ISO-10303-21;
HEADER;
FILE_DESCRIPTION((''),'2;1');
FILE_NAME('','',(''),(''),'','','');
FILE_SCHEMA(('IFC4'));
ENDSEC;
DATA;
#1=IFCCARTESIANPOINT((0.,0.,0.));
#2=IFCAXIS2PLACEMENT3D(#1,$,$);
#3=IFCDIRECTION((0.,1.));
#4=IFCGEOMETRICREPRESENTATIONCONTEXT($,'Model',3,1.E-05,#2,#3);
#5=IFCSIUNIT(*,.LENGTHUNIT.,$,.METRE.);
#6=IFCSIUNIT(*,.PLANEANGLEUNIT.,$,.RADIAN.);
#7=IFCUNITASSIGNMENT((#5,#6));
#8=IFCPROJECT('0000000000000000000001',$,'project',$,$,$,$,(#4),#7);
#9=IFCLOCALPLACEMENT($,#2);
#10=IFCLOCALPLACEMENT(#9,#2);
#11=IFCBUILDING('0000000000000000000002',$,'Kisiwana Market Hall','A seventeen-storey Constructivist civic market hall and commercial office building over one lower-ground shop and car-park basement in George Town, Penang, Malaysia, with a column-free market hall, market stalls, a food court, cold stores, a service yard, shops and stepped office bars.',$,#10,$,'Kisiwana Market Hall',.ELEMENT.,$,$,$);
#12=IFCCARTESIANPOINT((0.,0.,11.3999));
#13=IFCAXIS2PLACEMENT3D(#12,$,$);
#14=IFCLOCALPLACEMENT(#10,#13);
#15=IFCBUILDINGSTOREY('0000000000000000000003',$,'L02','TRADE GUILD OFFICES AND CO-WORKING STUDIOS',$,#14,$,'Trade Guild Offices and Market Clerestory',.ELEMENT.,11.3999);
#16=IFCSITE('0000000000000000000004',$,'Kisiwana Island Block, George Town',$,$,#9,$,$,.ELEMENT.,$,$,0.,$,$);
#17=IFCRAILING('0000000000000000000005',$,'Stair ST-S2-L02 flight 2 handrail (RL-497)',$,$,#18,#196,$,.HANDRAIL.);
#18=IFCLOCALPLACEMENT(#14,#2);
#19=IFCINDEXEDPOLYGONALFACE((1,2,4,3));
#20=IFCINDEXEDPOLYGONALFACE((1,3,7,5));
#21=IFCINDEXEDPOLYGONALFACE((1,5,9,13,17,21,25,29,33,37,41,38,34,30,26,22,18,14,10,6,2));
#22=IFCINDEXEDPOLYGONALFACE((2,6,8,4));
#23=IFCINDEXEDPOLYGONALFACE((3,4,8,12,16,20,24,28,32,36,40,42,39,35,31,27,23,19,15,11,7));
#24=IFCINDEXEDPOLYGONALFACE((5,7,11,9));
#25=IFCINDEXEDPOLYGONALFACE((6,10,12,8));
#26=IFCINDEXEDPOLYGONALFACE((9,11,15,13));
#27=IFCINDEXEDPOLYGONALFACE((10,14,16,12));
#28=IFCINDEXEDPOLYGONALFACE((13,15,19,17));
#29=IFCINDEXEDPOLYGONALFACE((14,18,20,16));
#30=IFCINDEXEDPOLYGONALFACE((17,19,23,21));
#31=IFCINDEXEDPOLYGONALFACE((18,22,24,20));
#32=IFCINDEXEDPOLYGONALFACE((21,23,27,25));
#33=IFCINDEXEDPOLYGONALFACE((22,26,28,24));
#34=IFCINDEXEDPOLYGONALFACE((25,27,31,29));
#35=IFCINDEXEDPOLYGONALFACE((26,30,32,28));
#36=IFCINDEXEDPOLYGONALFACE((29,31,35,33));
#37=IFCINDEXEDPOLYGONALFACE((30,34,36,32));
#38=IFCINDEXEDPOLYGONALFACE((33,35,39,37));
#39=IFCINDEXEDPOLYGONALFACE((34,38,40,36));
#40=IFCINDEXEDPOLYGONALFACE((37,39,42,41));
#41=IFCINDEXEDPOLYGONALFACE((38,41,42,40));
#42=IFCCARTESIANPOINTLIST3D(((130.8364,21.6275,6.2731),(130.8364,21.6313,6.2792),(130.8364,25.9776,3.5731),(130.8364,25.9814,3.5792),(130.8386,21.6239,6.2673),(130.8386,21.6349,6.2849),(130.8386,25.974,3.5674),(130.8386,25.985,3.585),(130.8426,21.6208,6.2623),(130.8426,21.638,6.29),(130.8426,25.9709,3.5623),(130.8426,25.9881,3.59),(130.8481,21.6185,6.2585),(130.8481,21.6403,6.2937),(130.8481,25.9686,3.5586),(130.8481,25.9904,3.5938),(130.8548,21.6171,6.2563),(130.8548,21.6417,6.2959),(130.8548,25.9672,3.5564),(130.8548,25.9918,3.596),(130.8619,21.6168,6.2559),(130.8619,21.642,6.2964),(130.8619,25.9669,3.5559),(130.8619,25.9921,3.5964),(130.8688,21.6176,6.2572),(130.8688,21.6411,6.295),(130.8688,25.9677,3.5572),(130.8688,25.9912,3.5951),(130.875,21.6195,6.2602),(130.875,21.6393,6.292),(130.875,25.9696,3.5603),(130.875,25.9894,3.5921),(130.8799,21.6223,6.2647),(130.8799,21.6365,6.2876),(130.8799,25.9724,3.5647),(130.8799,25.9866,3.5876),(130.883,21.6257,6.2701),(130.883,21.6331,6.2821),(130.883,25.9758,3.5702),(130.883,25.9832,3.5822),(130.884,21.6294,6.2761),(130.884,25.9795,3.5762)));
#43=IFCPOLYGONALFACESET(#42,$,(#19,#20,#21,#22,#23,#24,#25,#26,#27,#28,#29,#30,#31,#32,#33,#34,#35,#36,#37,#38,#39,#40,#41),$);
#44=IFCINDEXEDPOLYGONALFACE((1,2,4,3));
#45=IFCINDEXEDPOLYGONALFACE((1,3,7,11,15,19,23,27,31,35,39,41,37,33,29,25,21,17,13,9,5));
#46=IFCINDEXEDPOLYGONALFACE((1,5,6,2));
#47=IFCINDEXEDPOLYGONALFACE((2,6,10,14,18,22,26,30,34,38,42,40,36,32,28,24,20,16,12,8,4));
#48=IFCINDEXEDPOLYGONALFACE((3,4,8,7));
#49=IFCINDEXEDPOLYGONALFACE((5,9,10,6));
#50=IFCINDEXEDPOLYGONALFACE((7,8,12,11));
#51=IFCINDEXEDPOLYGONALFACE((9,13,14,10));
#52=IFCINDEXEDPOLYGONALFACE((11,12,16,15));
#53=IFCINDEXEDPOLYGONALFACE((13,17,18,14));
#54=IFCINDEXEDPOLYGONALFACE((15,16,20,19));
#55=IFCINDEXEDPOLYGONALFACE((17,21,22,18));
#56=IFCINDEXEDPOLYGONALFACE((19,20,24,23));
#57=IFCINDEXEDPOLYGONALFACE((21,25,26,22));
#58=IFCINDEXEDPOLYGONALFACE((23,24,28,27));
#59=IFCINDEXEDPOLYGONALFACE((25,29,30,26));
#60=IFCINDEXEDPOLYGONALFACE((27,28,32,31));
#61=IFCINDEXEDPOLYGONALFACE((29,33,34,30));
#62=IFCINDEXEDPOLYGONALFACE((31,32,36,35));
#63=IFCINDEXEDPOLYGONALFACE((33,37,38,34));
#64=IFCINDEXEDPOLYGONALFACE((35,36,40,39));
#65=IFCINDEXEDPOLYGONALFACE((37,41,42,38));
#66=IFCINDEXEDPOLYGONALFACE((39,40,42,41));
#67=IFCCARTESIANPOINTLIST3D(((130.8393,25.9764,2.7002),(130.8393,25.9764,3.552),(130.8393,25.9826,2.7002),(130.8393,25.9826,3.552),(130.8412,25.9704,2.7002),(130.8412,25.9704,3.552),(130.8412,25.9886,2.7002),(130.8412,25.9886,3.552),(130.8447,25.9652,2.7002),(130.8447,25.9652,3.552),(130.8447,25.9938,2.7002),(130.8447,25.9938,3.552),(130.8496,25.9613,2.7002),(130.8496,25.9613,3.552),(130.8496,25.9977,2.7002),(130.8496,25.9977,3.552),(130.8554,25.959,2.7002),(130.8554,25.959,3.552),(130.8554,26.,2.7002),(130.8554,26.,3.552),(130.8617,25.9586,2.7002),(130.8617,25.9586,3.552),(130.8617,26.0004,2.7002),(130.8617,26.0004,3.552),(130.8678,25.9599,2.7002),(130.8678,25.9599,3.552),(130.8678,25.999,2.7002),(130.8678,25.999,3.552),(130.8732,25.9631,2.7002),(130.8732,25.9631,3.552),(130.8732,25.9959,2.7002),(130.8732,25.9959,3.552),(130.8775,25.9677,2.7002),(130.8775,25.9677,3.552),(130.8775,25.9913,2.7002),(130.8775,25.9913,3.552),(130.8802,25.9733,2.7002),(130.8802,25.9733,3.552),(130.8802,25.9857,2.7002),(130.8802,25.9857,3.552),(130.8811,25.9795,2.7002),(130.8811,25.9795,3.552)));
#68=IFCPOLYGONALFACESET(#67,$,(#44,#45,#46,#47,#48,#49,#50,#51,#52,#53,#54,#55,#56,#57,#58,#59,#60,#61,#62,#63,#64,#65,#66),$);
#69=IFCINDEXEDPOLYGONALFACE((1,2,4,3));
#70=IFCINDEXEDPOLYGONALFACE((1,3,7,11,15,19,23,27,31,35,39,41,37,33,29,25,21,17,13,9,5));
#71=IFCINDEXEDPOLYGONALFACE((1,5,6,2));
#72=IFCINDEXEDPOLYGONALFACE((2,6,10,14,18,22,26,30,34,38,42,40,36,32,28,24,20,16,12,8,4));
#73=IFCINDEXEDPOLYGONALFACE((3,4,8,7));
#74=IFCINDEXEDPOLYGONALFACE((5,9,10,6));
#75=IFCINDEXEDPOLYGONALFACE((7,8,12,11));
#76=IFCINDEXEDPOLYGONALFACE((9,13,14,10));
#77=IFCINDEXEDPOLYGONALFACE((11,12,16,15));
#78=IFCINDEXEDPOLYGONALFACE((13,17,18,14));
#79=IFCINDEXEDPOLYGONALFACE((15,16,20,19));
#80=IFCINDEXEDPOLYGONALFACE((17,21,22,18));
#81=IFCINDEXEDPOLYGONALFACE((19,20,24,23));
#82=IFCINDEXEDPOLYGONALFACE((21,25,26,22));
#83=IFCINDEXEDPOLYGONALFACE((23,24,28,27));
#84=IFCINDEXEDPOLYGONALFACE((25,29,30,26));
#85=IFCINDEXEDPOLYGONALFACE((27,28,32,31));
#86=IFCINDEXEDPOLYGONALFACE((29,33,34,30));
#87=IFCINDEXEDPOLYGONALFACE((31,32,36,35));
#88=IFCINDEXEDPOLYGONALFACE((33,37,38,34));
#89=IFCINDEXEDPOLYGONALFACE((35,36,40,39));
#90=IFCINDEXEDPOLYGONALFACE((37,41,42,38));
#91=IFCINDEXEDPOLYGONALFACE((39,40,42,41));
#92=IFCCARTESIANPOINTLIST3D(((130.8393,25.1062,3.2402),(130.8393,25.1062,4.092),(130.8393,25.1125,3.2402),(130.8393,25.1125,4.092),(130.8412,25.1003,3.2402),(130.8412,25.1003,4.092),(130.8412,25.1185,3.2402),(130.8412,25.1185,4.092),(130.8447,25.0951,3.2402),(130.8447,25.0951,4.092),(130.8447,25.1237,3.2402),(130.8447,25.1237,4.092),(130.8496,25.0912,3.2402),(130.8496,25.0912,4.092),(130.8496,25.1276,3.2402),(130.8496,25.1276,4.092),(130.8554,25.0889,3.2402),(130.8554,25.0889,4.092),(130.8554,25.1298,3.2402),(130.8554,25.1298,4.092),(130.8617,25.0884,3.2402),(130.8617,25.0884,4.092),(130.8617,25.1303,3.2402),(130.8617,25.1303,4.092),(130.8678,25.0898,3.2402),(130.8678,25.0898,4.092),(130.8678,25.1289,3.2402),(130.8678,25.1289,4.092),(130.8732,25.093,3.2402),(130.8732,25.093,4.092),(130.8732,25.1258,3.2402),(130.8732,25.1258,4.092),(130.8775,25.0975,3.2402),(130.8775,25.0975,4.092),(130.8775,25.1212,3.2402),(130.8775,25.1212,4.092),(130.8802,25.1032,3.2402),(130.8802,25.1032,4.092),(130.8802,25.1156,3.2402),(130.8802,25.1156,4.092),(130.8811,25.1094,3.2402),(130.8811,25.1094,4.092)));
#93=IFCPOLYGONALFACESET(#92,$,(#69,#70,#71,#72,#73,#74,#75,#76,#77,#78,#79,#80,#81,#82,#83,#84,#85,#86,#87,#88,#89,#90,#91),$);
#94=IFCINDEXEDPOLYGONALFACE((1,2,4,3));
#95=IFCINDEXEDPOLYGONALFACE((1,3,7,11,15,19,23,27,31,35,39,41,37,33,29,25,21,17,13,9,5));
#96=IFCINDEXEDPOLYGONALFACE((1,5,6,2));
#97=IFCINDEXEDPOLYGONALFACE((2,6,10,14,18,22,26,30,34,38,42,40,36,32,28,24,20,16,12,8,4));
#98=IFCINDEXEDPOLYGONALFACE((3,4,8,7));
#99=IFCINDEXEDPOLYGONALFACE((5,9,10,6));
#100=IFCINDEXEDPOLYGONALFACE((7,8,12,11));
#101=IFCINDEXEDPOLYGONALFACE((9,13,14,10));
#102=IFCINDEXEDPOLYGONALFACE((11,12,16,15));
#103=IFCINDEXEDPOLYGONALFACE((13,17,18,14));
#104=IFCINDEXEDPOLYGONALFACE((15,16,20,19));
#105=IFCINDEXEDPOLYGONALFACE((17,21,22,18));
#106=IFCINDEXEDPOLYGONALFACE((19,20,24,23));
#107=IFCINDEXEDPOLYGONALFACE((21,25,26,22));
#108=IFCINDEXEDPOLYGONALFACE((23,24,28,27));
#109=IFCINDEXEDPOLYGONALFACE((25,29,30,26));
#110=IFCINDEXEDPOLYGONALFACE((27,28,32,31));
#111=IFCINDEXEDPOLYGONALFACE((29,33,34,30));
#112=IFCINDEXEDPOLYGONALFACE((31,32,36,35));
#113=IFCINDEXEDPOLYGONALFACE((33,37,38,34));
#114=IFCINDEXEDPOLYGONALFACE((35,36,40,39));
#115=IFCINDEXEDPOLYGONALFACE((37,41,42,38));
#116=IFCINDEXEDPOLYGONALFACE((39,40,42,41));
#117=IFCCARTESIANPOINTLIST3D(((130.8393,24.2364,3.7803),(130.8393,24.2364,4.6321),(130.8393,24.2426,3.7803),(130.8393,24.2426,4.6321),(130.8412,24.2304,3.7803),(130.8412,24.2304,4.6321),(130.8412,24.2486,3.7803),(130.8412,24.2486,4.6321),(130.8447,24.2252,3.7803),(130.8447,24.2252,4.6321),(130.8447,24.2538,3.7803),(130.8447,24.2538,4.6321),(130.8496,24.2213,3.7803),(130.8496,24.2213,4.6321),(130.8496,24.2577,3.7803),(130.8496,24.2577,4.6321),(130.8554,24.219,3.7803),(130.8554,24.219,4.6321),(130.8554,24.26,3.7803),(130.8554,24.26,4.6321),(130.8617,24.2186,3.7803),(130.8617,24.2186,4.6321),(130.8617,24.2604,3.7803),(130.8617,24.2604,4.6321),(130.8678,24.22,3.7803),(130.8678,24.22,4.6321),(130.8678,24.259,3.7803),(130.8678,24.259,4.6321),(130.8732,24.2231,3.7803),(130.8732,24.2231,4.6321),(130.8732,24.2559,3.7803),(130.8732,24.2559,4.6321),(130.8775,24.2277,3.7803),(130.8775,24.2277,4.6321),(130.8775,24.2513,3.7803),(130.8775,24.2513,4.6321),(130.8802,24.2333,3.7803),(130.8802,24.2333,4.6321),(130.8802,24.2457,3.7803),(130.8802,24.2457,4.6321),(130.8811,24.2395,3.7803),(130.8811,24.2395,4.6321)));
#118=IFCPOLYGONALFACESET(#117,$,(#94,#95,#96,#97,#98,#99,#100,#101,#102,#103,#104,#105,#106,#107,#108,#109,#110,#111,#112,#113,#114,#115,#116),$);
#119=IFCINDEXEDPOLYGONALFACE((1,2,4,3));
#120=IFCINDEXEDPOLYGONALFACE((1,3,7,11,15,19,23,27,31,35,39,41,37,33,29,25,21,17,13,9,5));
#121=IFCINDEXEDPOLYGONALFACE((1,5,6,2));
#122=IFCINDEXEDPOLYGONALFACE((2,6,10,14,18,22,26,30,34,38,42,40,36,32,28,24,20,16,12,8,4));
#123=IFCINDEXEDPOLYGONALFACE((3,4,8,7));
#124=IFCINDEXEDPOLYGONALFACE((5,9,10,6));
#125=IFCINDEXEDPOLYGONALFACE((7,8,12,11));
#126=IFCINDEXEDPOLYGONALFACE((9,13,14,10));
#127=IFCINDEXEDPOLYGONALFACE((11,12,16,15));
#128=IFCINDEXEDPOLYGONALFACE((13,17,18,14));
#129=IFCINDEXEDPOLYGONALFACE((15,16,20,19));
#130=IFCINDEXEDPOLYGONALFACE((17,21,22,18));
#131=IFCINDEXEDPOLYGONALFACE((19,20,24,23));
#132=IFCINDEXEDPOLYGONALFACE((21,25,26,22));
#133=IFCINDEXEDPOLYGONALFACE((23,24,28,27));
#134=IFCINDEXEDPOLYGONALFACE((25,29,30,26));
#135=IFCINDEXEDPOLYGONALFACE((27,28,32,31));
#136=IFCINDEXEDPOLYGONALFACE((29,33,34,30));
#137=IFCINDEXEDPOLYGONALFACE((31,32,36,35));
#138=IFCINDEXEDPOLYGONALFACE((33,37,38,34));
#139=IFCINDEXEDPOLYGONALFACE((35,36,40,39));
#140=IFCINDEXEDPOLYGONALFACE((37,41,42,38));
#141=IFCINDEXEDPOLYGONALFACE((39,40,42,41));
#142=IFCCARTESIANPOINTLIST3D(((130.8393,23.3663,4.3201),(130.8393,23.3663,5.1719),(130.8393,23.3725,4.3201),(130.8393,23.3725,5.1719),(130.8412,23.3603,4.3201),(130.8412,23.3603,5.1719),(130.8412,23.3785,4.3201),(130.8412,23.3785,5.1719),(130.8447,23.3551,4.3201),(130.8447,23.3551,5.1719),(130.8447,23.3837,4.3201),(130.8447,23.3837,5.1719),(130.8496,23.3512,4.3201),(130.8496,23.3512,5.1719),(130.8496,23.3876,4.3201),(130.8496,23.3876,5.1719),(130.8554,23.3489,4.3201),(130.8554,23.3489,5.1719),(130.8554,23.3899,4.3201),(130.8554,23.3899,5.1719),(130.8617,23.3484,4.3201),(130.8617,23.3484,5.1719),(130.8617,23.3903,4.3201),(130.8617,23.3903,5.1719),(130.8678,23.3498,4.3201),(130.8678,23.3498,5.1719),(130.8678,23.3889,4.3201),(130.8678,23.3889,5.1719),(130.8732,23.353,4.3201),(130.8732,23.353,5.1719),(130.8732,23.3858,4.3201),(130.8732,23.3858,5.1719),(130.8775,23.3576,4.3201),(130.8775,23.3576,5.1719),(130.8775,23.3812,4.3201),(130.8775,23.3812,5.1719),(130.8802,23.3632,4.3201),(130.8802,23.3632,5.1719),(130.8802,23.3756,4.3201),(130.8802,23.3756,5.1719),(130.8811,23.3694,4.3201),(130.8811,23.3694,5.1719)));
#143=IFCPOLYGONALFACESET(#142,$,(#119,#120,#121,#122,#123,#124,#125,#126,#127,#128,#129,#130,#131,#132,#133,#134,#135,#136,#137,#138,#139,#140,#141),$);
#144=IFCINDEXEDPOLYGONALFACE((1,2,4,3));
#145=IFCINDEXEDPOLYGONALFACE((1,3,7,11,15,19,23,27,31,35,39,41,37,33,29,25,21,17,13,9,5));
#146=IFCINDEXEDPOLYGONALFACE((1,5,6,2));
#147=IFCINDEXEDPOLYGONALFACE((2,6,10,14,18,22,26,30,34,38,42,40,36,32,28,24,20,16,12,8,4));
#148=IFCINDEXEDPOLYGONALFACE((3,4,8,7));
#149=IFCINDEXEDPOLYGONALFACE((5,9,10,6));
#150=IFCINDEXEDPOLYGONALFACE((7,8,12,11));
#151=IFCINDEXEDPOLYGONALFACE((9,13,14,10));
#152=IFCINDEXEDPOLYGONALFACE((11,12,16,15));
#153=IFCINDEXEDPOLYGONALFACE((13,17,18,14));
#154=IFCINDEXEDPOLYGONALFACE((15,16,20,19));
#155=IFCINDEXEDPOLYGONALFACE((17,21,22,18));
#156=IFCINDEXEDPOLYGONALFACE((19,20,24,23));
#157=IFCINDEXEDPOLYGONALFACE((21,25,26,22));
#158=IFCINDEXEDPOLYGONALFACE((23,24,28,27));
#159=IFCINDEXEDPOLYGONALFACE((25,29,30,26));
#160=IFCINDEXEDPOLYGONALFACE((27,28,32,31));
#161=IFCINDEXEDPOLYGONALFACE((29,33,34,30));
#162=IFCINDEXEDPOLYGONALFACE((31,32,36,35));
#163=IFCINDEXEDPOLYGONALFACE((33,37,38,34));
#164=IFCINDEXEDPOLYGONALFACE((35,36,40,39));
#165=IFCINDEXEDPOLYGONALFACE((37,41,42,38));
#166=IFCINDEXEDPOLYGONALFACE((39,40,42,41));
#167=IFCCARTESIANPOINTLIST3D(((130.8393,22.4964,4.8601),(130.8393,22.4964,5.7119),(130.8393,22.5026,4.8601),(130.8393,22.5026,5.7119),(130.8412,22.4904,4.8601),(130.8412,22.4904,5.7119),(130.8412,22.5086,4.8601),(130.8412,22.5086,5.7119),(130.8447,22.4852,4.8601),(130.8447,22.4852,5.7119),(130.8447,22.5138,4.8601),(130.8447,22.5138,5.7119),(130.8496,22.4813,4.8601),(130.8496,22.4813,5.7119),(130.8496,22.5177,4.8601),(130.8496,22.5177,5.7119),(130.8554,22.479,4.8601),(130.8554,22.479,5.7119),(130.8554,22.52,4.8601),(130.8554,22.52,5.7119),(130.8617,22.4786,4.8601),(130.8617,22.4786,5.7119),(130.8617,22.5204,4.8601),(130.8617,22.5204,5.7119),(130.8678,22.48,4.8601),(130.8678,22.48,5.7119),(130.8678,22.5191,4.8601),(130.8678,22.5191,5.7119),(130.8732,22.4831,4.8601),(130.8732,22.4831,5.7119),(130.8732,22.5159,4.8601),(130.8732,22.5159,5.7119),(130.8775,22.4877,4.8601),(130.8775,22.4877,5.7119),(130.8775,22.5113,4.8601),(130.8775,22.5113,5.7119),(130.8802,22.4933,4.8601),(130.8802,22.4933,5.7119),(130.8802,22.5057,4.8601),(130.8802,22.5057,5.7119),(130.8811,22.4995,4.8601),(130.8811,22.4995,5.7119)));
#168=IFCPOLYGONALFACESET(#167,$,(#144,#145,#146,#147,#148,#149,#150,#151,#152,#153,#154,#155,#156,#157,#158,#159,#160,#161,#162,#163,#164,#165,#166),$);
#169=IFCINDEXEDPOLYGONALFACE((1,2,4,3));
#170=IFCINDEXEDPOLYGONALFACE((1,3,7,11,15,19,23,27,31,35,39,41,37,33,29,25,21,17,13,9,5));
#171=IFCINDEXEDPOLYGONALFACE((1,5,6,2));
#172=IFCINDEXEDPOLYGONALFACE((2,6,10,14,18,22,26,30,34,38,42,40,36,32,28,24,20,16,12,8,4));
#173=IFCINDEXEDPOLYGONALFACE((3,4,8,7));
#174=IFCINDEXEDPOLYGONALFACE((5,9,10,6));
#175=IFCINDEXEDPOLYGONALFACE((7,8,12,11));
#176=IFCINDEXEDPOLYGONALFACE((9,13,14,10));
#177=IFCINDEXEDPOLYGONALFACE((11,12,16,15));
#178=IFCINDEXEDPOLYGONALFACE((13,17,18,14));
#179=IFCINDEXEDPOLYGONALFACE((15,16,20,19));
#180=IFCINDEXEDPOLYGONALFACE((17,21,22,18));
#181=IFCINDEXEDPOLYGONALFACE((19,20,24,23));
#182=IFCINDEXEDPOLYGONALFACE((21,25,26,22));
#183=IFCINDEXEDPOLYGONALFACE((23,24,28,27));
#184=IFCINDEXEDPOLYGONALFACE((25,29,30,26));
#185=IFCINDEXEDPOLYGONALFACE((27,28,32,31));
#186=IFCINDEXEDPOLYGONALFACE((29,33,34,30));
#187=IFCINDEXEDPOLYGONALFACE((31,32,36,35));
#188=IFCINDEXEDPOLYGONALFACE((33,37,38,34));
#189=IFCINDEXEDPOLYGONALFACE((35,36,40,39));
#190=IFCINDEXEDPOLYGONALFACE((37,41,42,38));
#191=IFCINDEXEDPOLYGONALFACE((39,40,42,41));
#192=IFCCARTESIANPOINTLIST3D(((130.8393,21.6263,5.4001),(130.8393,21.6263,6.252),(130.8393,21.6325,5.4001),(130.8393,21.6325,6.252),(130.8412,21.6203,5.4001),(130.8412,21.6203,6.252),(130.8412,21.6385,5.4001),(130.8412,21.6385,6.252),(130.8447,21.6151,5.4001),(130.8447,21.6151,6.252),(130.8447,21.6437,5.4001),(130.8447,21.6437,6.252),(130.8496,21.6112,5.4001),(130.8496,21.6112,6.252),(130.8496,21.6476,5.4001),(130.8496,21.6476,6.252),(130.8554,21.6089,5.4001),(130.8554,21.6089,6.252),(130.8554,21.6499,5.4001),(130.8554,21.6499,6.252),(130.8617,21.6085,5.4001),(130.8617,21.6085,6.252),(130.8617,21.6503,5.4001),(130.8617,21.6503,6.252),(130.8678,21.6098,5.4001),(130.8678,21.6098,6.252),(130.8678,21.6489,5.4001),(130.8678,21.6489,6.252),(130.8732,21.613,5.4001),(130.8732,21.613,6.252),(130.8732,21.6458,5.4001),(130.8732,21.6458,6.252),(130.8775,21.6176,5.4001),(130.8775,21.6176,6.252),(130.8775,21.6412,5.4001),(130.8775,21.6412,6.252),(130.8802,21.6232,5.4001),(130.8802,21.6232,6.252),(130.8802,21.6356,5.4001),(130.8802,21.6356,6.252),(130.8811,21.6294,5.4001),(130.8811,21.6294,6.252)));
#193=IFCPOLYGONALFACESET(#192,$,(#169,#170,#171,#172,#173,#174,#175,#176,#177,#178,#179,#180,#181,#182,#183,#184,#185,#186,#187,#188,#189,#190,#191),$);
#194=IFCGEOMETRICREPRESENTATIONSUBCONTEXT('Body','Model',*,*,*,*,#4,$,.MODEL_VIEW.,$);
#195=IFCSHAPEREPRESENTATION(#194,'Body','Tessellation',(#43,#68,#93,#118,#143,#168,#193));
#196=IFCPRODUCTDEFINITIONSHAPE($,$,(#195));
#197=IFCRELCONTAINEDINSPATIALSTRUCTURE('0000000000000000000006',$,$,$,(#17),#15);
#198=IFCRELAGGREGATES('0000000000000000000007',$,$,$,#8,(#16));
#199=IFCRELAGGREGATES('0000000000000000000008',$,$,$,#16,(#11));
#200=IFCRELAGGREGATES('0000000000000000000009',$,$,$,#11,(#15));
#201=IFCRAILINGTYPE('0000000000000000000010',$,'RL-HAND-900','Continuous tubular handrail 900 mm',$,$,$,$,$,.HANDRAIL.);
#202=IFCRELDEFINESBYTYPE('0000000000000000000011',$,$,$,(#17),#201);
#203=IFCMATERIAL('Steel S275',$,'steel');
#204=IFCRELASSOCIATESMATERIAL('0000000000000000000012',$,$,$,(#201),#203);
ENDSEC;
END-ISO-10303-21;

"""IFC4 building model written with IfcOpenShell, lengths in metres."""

from ifc_helpers import new_model, si_unit, direction, frame, origin, origin_2d, place, context, subcontext, project, spatial, circle, extrude, material, type_object, element, save


model = new_model("IFC4")

# Units and contexts
model_context = context("Model", 3, precision=1e-05, world=origin(), true_north=direction((0.0, 1.0)))
body_context = subcontext(model_context, "Body", "Model", "MODEL_VIEW")
ifc_project = project(units=[si_unit("LENGTHUNIT", "METRE"), si_unit("PLANEANGLEUNIT", "RADIAN")], contexts=[model_context])

# Site, building, storey
site_placement = place(None, origin())
site = spatial("IfcSite", under=ifc_project, at=site_placement, Name="Kisiwana Island Block, George Town", CompositionType="ELEMENT", RefElevation=0.0)
building_placement = place(site_placement, origin())
building = spatial("IfcBuilding", under=site, at=building_placement, Name="Kisiwana Market Hall", Description="A seventeen-storey Constructivist civic market hall and commercial office building over one lower-ground shop and car-park basement in George Town, Penang, Malaysia, with a column-free market hall, market stalls, a food court, cold stores, a service yard, shops and stepped office bars.", LongName="Kisiwana Market Hall", CompositionType="ELEMENT")
storey_placement = place(building_placement, frame((0.0, 0.0, 11.3999)))
storey = spatial("IfcBuildingStorey", under=building, at=storey_placement, Name="L02", Description="TRADE GUILD OFFICES AND CO-WORKING STUDIOS", LongName="Trade Guild Offices and Market Clerestory", CompositionType="ELEMENT", Elevation=11.3999)

# Railing
ifc_material_1 = material(Name="Steel S275", Category="steel")
railing_type_1 = type_object("IfcRailingType", Name="RL-HAND-900", Description="Continuous tubular handrail 900 mm", PredefinedType="HANDRAIL", material=ifc_material_1)
railing_1_placement = place(storey_placement, frame((130.8601, 25.9795, 2.7002)))
element("IfcRailing", 1, at=railing_1_placement, inside=storey, type_object=railing_type_1, Name="Stair ST-S2-L02 flight 2 handrail (RL-497)", PredefinedType="HANDRAIL", context=body_context, shape_type="SweptSolid", body=[
    extrude(circle(Radius=0.0239, at=origin_2d()), frame((0.0, 0.0, 0.876), z_axis=(0.0, -0.84965, 0.527347), x_axis=(1.0, 0.0, 0.0)), (0.0, 0.0, 1.0), 5.1199),
    extrude(circle(Radius=0.021, at=origin_2d()), origin(), (0.0, 0.0, 1.0), 0.8518),
    extrude(circle(Radius=0.021, at=origin_2d()), frame((0.0, -0.8701, 0.54)), (0.0, 0.0, 1.0), 0.8518),
    extrude(circle(Radius=0.021, at=origin_2d()), frame((0.0, -1.74, 1.0801)), (0.0, 0.0, 1.0), 0.8518),
    extrude(circle(Radius=0.021, at=origin_2d()), frame((0.0, -2.6101, 1.6199)), (0.0, 0.0, 1.0), 0.8518),
    extrude(circle(Radius=0.021, at=origin_2d()), frame((0.0, -3.48, 2.1599)), (0.0, 0.0, 1.0), 0.8518),
    extrude(circle(Radius=0.021, at=origin_2d()), frame((0.0, -4.3501, 2.7)), (0.0, 0.0, 1.0), 0.8518),
])

save(model, "model.ifc")
